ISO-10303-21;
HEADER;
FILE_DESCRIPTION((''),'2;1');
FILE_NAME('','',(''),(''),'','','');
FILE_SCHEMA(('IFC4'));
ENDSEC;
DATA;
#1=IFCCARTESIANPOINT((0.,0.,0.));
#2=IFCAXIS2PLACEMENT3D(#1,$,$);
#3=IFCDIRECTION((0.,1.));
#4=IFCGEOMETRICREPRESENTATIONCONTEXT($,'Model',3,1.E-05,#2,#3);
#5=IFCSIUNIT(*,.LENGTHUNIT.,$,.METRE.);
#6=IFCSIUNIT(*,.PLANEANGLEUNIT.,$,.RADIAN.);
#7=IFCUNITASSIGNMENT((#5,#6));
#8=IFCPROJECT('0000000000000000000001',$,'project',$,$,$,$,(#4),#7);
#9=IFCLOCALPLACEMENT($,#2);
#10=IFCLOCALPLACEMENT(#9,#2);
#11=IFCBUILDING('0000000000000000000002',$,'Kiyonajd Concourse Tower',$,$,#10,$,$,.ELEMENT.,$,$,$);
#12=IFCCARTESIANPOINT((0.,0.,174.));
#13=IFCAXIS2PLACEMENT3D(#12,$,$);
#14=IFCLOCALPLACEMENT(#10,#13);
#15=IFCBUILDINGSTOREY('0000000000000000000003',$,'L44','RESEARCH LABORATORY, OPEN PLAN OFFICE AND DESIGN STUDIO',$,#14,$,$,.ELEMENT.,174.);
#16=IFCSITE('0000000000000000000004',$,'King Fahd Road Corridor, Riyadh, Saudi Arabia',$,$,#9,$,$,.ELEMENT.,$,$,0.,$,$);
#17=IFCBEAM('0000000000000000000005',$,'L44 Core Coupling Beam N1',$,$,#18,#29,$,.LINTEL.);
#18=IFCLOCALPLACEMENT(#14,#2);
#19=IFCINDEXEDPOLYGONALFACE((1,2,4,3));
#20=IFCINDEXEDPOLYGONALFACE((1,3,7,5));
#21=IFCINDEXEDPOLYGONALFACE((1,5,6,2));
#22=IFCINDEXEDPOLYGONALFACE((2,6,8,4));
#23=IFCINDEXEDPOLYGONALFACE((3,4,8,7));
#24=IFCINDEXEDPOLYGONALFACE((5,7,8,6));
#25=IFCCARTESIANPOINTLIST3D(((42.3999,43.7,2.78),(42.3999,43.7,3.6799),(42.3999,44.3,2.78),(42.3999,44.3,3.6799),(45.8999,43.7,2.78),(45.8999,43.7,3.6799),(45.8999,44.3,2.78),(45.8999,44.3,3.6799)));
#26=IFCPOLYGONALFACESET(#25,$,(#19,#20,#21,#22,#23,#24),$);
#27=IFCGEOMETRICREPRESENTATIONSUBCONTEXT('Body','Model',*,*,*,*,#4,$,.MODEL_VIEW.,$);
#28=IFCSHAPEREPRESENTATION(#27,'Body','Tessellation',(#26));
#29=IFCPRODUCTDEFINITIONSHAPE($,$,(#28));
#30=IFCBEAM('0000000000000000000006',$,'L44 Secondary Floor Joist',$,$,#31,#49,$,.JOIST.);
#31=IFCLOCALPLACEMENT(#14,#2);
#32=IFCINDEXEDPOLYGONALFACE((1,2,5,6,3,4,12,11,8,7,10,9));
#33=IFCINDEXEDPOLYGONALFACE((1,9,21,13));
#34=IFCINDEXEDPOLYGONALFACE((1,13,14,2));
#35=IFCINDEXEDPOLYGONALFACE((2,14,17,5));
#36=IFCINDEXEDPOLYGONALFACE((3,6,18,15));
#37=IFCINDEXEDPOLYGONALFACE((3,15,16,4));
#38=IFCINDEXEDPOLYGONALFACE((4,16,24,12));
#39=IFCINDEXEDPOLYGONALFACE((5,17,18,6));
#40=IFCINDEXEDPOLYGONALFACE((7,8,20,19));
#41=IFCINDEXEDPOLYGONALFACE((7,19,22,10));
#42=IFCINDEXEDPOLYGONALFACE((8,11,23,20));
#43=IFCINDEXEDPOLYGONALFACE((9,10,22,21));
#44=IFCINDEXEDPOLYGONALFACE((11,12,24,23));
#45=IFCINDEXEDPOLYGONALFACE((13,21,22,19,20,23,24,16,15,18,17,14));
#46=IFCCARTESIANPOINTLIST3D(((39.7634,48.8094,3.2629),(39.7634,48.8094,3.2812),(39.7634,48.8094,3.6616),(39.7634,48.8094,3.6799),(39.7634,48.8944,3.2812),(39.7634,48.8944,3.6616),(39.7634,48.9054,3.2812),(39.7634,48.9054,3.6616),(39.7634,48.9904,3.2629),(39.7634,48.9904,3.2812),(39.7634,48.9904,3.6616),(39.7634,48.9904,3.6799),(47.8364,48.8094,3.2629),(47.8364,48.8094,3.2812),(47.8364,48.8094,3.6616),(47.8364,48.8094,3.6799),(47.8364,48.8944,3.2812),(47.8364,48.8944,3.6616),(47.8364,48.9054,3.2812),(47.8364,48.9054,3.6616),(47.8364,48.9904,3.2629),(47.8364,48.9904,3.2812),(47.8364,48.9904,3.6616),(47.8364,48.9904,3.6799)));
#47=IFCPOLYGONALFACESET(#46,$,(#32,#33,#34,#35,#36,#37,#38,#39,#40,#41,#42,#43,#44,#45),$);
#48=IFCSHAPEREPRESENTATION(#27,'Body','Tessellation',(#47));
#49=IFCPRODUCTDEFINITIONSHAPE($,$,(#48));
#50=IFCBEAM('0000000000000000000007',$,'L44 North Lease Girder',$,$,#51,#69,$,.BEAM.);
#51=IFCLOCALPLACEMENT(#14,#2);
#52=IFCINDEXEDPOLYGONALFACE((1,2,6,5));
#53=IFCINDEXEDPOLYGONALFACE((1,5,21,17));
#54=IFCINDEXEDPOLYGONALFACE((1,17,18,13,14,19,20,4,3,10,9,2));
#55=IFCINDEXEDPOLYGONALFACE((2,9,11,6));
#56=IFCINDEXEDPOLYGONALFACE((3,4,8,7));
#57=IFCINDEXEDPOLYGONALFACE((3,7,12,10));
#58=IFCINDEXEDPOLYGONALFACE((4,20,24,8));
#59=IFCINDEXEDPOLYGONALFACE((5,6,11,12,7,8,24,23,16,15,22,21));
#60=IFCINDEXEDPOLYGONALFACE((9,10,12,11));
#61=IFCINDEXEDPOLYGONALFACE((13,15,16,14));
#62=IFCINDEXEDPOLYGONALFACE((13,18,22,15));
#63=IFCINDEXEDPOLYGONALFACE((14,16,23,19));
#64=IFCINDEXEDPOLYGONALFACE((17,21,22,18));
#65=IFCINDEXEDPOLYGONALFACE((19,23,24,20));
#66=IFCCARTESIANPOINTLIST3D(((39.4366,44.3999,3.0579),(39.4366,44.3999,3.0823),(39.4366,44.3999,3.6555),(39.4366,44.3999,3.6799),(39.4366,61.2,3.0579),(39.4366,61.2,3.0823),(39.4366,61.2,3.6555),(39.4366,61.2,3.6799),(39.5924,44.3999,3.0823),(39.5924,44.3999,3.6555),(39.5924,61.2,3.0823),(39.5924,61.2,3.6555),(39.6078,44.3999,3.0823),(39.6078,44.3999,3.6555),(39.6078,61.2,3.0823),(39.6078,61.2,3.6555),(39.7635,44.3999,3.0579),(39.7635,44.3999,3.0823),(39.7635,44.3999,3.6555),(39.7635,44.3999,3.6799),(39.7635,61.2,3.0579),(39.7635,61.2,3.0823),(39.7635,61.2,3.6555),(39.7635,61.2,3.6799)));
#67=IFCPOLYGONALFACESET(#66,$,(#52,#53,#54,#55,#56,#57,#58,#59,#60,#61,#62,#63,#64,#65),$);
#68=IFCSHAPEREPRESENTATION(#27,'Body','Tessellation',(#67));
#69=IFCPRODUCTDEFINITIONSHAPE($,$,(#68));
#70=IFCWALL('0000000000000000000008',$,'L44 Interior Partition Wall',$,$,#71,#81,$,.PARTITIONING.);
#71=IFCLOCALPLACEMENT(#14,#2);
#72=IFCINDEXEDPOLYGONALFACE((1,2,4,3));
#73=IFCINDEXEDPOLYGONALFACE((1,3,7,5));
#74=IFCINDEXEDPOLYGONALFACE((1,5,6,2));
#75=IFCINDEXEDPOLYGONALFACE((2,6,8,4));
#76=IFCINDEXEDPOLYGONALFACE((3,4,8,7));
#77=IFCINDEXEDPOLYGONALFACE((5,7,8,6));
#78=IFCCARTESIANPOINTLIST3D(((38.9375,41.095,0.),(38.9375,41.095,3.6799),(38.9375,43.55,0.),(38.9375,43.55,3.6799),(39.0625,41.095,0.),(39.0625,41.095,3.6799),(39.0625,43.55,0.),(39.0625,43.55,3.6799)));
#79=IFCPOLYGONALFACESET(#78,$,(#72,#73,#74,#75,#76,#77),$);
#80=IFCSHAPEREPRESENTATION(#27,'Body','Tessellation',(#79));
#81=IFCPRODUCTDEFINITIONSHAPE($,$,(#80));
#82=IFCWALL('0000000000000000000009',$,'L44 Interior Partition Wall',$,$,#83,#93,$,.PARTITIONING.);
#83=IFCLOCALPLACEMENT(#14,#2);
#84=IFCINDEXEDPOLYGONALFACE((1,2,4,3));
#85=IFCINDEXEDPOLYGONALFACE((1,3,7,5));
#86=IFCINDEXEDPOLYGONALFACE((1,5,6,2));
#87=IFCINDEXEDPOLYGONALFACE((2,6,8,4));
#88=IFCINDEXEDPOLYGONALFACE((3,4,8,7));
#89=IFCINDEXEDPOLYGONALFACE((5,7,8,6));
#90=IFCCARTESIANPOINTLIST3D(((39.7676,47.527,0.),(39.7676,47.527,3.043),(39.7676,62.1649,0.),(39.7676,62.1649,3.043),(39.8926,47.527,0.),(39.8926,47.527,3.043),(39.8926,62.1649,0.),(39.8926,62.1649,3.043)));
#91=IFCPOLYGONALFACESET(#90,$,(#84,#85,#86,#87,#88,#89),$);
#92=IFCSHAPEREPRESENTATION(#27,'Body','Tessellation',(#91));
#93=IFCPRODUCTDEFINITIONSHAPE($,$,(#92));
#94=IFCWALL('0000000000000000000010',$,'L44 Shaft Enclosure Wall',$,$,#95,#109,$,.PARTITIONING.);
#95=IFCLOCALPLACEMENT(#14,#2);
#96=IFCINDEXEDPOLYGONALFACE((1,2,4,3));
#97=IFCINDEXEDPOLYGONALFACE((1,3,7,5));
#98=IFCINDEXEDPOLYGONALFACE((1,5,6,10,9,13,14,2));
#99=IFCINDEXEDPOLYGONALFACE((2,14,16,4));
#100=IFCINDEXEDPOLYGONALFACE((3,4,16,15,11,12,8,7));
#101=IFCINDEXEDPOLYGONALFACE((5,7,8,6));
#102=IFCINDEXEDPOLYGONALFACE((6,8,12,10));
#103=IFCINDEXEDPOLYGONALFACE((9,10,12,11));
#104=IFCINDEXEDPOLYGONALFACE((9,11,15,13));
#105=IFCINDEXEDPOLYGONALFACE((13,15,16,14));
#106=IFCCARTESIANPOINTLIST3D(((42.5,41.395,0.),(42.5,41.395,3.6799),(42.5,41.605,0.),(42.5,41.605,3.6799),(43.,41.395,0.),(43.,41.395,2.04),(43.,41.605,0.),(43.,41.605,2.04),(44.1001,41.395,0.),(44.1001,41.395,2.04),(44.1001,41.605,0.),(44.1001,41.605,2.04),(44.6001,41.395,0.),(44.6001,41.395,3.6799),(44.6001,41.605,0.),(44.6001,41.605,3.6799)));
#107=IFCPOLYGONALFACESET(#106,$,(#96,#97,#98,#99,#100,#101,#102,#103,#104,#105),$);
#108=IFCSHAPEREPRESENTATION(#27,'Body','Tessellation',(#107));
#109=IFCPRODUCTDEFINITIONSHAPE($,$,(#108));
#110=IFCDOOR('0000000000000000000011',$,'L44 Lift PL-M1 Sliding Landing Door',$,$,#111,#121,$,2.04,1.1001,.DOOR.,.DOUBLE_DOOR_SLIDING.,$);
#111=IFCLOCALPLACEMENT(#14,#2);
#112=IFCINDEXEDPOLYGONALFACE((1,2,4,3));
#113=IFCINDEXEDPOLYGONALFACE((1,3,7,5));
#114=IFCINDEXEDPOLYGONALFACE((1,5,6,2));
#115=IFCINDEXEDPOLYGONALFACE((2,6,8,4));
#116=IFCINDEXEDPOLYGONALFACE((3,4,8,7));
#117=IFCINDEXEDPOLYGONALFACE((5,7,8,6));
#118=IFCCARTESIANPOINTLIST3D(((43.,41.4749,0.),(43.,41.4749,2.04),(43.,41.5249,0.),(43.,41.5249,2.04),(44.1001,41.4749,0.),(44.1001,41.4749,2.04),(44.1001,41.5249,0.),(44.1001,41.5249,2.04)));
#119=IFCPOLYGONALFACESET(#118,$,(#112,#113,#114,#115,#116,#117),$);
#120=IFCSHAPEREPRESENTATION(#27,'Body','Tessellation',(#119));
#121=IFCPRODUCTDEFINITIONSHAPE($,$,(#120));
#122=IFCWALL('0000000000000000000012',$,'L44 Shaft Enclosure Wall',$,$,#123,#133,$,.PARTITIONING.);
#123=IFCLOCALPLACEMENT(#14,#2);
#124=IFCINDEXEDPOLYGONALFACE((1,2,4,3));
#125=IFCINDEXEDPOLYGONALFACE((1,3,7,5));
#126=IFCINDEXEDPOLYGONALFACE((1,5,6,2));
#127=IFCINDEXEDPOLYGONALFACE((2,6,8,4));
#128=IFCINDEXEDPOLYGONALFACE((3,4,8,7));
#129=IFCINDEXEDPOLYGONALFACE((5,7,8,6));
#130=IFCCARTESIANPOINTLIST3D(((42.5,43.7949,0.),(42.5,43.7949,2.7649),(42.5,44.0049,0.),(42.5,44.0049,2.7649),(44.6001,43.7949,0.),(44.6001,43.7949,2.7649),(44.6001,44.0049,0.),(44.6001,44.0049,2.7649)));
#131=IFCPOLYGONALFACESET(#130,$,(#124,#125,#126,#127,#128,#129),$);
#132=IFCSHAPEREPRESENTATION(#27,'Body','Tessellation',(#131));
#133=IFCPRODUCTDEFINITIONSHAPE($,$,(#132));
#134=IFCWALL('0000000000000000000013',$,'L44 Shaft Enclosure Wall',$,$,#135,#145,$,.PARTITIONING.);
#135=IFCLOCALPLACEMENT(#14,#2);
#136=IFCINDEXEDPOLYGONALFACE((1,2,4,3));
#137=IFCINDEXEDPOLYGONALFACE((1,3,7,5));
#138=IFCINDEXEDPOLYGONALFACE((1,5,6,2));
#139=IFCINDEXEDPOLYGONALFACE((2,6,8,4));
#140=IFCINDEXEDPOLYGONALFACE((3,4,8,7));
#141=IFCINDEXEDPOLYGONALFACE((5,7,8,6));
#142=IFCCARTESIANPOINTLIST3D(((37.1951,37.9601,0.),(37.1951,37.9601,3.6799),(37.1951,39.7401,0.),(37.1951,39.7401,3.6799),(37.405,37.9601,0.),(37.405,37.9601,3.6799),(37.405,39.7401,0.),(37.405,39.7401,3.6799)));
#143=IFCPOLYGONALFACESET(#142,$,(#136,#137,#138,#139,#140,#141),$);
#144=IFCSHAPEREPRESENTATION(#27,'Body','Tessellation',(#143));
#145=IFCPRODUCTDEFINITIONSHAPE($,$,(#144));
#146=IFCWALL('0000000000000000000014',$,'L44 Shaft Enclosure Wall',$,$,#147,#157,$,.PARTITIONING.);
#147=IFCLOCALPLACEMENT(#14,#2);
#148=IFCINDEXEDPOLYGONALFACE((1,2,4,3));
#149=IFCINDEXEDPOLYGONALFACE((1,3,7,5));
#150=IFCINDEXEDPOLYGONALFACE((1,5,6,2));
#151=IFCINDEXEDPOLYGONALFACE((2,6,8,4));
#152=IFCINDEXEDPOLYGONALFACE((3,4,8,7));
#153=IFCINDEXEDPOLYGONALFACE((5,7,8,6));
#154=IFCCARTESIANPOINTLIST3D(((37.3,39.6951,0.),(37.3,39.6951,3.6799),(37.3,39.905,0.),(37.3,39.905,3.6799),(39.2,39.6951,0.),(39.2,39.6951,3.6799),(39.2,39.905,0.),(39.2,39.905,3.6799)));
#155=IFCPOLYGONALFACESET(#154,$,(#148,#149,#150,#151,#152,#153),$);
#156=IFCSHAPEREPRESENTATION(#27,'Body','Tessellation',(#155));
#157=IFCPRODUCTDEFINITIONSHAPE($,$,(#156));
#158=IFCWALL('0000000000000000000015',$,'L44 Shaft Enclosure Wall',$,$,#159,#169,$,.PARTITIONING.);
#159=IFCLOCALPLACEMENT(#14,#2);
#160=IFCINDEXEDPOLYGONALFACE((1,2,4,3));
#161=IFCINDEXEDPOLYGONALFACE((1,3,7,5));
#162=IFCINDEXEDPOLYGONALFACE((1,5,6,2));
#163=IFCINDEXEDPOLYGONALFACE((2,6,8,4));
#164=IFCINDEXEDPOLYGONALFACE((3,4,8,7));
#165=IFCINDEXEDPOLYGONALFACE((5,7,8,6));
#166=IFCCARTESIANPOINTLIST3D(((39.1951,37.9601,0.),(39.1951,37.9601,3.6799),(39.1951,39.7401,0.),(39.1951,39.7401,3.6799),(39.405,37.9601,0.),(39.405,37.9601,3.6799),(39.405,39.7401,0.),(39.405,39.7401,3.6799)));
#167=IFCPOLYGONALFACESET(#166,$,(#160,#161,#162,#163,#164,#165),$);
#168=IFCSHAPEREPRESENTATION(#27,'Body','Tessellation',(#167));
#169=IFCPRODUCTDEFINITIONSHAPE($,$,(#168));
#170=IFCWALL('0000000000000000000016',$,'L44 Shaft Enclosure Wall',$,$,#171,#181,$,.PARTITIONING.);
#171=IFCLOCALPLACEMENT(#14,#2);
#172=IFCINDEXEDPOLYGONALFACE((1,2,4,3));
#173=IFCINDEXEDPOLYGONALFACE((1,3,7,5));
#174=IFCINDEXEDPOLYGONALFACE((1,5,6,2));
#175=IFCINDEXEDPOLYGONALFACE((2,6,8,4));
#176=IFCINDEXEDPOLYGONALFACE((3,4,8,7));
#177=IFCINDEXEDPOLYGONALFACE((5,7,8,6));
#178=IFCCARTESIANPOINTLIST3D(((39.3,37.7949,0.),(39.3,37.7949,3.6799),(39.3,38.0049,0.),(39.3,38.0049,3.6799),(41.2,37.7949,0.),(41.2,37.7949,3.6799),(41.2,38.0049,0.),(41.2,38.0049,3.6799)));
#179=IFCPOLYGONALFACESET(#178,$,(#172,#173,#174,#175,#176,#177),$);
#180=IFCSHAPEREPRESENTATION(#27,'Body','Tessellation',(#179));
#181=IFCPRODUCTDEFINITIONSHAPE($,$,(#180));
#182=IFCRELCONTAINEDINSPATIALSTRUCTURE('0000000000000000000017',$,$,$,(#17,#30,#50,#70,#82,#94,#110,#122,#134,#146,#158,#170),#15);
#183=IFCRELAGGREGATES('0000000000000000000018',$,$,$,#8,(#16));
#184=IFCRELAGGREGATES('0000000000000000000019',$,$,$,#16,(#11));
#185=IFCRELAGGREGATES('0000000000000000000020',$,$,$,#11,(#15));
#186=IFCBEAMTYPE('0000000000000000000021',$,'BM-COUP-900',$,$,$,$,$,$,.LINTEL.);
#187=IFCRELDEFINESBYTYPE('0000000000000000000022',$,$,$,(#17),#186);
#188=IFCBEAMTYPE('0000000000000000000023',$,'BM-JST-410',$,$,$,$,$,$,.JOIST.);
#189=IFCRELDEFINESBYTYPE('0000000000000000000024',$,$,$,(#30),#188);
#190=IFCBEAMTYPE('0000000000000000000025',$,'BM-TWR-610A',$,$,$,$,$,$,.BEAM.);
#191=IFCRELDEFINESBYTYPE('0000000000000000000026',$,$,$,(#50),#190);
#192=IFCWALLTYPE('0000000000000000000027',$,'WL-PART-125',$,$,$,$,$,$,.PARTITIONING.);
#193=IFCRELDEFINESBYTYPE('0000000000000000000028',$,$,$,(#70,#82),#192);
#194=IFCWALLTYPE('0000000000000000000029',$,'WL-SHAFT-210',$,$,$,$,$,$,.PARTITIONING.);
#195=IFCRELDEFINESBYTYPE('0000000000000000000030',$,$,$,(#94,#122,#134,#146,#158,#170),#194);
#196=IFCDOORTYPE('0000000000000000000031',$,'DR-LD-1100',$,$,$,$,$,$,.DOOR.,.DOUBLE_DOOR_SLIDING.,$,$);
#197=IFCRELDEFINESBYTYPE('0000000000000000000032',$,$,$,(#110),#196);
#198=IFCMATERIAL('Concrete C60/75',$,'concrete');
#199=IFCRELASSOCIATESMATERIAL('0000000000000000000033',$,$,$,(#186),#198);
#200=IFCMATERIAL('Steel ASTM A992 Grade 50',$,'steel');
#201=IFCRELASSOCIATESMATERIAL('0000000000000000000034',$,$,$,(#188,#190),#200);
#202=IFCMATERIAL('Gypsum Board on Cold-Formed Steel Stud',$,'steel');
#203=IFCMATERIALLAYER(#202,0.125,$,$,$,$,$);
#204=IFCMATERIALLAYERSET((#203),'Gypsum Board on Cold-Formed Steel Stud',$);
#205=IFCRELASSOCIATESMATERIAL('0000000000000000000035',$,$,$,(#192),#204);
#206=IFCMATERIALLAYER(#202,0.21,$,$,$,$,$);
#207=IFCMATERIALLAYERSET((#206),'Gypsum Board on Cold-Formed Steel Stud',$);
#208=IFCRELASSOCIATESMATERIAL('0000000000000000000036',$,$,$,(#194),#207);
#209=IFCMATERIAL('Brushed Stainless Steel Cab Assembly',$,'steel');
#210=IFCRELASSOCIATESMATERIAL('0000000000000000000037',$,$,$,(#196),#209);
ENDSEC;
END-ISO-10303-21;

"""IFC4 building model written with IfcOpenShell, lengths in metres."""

from ifc_helpers import new_model, si_unit, direction, frame, frame_2d, origin, origin_2d, place, context, subcontext, project, spatial, rectangle, i_section, extrude, material, layer, layer_set, material_profile, profile_set, type_object, element, fill, save


model = new_model("IFC4")

# Units and contexts
model_context = context("Model", 3, precision=1e-05, world=origin(), true_north=direction((0.0, 1.0)))
body_context = subcontext(model_context, "Body", "Model", "MODEL_VIEW")
ifc_project = project(units=[si_unit("LENGTHUNIT", "METRE"), si_unit("PLANEANGLEUNIT", "RADIAN")], contexts=[model_context])

# Site, building, storey
site_placement = place(None, origin())
site = spatial("IfcSite", under=ifc_project, at=site_placement, Name="King Fahd Road Corridor, Riyadh, Saudi Arabia", CompositionType="ELEMENT", RefElevation=0.0)
building_placement = place(site_placement, origin())
building = spatial("IfcBuilding", under=site, at=building_placement, Name="Kiyonajd Concourse Tower", CompositionType="ELEMENT")
storey_placement = place(building_placement, frame((0.0, 0.0, 174.0)))
storey = spatial("IfcBuildingStorey", under=building, at=storey_placement, Name="L44", Description="RESEARCH LABORATORY, OPEN PLAN OFFICE AND DESIGN STUDIO", CompositionType="ELEMENT", Elevation=174.0)

# Beams
ifc_material_1 = material(Name="Concrete C60/75", Category="concrete")
ifc_material_profile_1 = material_profile(ifc_material_1, rectangle(XDim=0.6001, YDim=0.8999, at=origin_2d()), Name="RCBM-600x900")
ifc_profile_set_1 = profile_set([ifc_material_profile_1], Name="Concrete C60/75")
beam_type_1 = type_object("IfcBeamType", Name="BM-COUP-900", PredefinedType="LINTEL", material=ifc_profile_set_1)
beam_1_placement = place(storey_placement, frame((42.3999, 44.0, 3.23), z_axis=(1.0, 0.0, 0.0), x_axis=(0.0, 1.0, 0.0)))
element("IfcBeam", 1, at=beam_1_placement, inside=storey, type_object=beam_type_1, Name="L44 Core Coupling Beam N1", PredefinedType="LINTEL", context=body_context, shape_type="SweptSolid", body=[
    extrude(rectangle(XDim=0.6001, YDim=0.8999, at=origin_2d()), origin(), (0.0, 0.0, 1.0), 3.5),
])
ifc_material_2 = material(Name="Steel ASTM A992 Grade 50", Category="steel")
ifc_material_profile_2 = material_profile(ifc_material_2, i_section(OverallWidth=0.1809, OverallDepth=0.417, WebThickness=0.011, FlangeThickness=0.0183, at=origin_2d()), Name="W410X85")
ifc_profile_set_2 = profile_set([ifc_material_profile_2], Name="Steel ASTM A992 Grade 50")
beam_type_2 = type_object("IfcBeamType", Name="BM-JST-410", PredefinedType="JOIST", material=ifc_profile_set_2)
beam_2_placement = place(storey_placement, frame((39.7634, 48.8999, 3.4714), z_axis=(1.0, 0.0, 0.0), x_axis=(0.0, 1.0, 0.0)))
element("IfcBeam", 2, at=beam_2_placement, inside=storey, type_object=beam_type_2, Name="L44 Secondary Floor Joist", PredefinedType="JOIST", context=body_context, shape_type="SweptSolid", body=[
    extrude(i_section(OverallWidth=0.1809, OverallDepth=0.417, WebThickness=0.011, FlangeThickness=0.0183, at=origin_2d()), origin(), (0.0, 0.0, 1.0), 8.073),
])
ifc_material_profile_3 = material_profile(ifc_material_2, i_section(OverallWidth=0.3269, OverallDepth=0.6221, WebThickness=0.0154, FlangeThickness=0.0244, at=origin_2d()), Name="W610X195")
ifc_profile_set_3 = profile_set([ifc_material_profile_3], Name="Steel ASTM A992 Grade 50")
beam_type_3 = type_object("IfcBeamType", Name="BM-TWR-610A", PredefinedType="BEAM", material=ifc_profile_set_3)
beam_3_placement = place(storey_placement, frame((39.6001, 44.3999, 3.3689), z_axis=(0.0, 1.0, 0.0), x_axis=(-1.0, 0.0, 0.0)))
element("IfcBeam", 3, at=beam_3_placement, inside=storey, type_object=beam_type_3, Name="L44 North Lease Girder", PredefinedType="BEAM", context=body_context, shape_type="SweptSolid", body=[
    extrude(i_section(OverallWidth=0.3269, OverallDepth=0.6221, WebThickness=0.0154, FlangeThickness=0.0244, at=origin_2d()), origin(), (0.0, 0.0, 1.0), 16.8),
])

# Walls
ifc_material_3 = material(Name="Gypsum Board on Cold-Formed Steel Stud", Category="steel")
ifc_layer_1 = layer(ifc_material_3, 0.125)
ifc_layer_set_1 = layer_set([ifc_layer_1], Name="Gypsum Board on Cold-Formed Steel Stud")
wall_type_1 = type_object("IfcWallType", Name="WL-PART-125", PredefinedType="PARTITIONING", material=ifc_layer_set_1)
wall_1_placement = place(storey_placement, frame((39.0, 41.095, 0.0), z_axis=(0.0, 0.0, 1.0), x_axis=(0.0, 1.0, 0.0)))
element("IfcWall", 4, at=wall_1_placement, inside=storey, type_object=wall_type_1, Name="L44 Interior Partition Wall", PredefinedType="PARTITIONING", context=body_context, shape_type="SweptSolid", body=[
    extrude(rectangle(XDim=2.4551, YDim=0.125, at=frame_2d((1.2275, 0.0))), origin(), (0.0, 0.0, 1.0), 3.6799),
])
wall_2_placement = place(storey_placement, frame((39.8301, 47.5271, 0.0), z_axis=(0.0, 0.0, 1.0), x_axis=(0.0, 1.0, 0.0)))
element("IfcWall", 5, at=wall_2_placement, inside=storey, type_object=wall_type_1, Name="L44 Interior Partition Wall", PredefinedType="PARTITIONING", context=body_context, shape_type="SweptSolid", body=[
    extrude(rectangle(XDim=14.6379, YDim=0.125, at=frame_2d((7.3188, 0.0))), origin(), (0.0, 0.0, 1.0), 3.043),
])

# Wall, opening, door
ifc_layer_2 = layer(ifc_material_3, 0.21)
ifc_layer_set_2 = layer_set([ifc_layer_2], Name="Gypsum Board on Cold-Formed Steel Stud")
wall_type_2 = type_object("IfcWallType", Name="WL-SHAFT-210", PredefinedType="PARTITIONING", material=ifc_layer_set_2)
wall_3_placement = place(storey_placement, frame((42.5, 41.5, 0.0), z_axis=(0.0, 0.0, 1.0), x_axis=(1.0, 0.0, 0.0)))
wall_3 = element("IfcWall", 6, at=wall_3_placement, inside=storey, type_object=wall_type_2, Name="L44 Shaft Enclosure Wall", PredefinedType="PARTITIONING", context=body_context, shape_type="SweptSolid", body=[
    extrude(rectangle(XDim=2.1001, YDim=0.21, at=frame_2d((1.05, 0.0))), origin(), (0.0, 0.0, 1.0), 3.6799),
])
opening_placement = place(wall_3_placement, frame((0.5, 0.0, 0.0)))
opening = element("IfcOpeningElement", 7, at=opening_placement, cuts=wall_3, PredefinedType="OPENING", context=body_context, shape_type="SweptSolid", body=[
    extrude(rectangle(XDim=1.1001, YDim=2.04, at=frame_2d((0.55, 1.02))), frame((0.0, 0.115, 0.0), z_axis=(0.0, -1.0, 0.0), x_axis=(1.0, 0.0, 0.0)), (0.0, 0.0, 1.0), 0.23),
])
ifc_material_4 = material(Name="Brushed Stainless Steel Cab Assembly", Category="steel")
door_type = type_object("IfcDoorType", Name="DR-LD-1100", OperationType="DOUBLE_DOOR_SLIDING", PredefinedType="DOOR", material=ifc_material_4)
door_placement = place(opening_placement, origin())
door = element("IfcDoor", 8, at=door_placement, inside=storey, type_object=door_type, Name="L44 Lift PL-M1 Sliding Landing Door", OperationType="DOUBLE_DOOR_SLIDING", OverallHeight=2.04, OverallWidth=1.1001, PredefinedType="DOOR", context=body_context, shape_type="SweptSolid", body=[
    extrude(rectangle(XDim=1.1001, YDim=2.04, at=frame_2d((0.55, 1.02))), frame((0.0, 0.0249, 0.0), z_axis=(0.0, -1.0, 0.0), x_axis=(1.0, 0.0, 0.0)), (0.0, 0.0, 1.0), 0.05),
])
fill(opening, door)

# Walls
wall_4_placement = place(storey_placement, frame((42.5, 43.8999, 0.0), z_axis=(0.0, 0.0, 1.0), x_axis=(1.0, 0.0, 0.0)))
element("IfcWall", 9, at=wall_4_placement, inside=storey, type_object=wall_type_2, Name="L44 Shaft Enclosure Wall", PredefinedType="PARTITIONING", context=body_context, shape_type="SweptSolid", body=[
    extrude(rectangle(XDim=2.1001, YDim=0.21, at=frame_2d((1.05, 0.0))), origin(), (0.0, 0.0, 1.0), 2.7649),
])
wall_5_placement = place(storey_placement, frame((37.3, 37.96, 0.0), z_axis=(0.0, 0.0, 1.0), x_axis=(0.0, 1.0, 0.0)))
element("IfcWall", 10, at=wall_5_placement, inside=storey, type_object=wall_type_2, Name="L44 Shaft Enclosure Wall", PredefinedType="PARTITIONING", context=body_context, shape_type="SweptSolid", body=[
    extrude(rectangle(XDim=1.78, YDim=0.21, at=frame_2d((0.8901, 0.0))), origin(), (0.0, 0.0, 1.0), 3.6799),
])
wall_6_placement = place(storey_placement, frame((37.3, 39.8, 0.0), z_axis=(0.0, 0.0, 1.0), x_axis=(1.0, 0.0, 0.0)))
element("IfcWall", 11, at=wall_6_placement, inside=storey, type_object=wall_type_2, Name="L44 Shaft Enclosure Wall", PredefinedType="PARTITIONING", context=body_context, shape_type="SweptSolid", body=[
    extrude(rectangle(XDim=1.8999, YDim=0.21, at=frame_2d((0.95, 0.0))), origin(), (0.0, 0.0, 1.0), 3.6799),
])
wall_7_placement = place(storey_placement, frame((39.3, 37.96, 0.0), z_axis=(0.0, 0.0, 1.0), x_axis=(0.0, 1.0, 0.0)))
element("IfcWall", 12, at=wall_7_placement, inside=storey, type_object=wall_type_2, Name="L44 Shaft Enclosure Wall", PredefinedType="PARTITIONING", context=body_context, shape_type="SweptSolid", body=[
    extrude(rectangle(XDim=1.78, YDim=0.21, at=frame_2d((0.8901, 0.0))), origin(), (0.0, 0.0, 1.0), 3.6799),
])
for number, where, z_axis, x_axis, name in (
    (13, (39.3, 37.8999, 0.0), (0.0, 0.0, 1.0), (1.0, 0.0, 0.0), "L44 Shaft Enclosure Wall"),
):
    element("IfcWall", number, at=place(storey_placement, frame(where, z_axis=z_axis, x_axis=x_axis)), inside=storey, type_object=wall_type_2, Name=name, PredefinedType="PARTITIONING", context=body_context, shape_type="SweptSolid", body=[
        extrude(rectangle(XDim=1.8999, YDim=0.21, at=frame_2d((0.95, 0.0))), origin(), (0.0, 0.0, 1.0), 3.6799),
    ])

save(model, "model.ifc")
